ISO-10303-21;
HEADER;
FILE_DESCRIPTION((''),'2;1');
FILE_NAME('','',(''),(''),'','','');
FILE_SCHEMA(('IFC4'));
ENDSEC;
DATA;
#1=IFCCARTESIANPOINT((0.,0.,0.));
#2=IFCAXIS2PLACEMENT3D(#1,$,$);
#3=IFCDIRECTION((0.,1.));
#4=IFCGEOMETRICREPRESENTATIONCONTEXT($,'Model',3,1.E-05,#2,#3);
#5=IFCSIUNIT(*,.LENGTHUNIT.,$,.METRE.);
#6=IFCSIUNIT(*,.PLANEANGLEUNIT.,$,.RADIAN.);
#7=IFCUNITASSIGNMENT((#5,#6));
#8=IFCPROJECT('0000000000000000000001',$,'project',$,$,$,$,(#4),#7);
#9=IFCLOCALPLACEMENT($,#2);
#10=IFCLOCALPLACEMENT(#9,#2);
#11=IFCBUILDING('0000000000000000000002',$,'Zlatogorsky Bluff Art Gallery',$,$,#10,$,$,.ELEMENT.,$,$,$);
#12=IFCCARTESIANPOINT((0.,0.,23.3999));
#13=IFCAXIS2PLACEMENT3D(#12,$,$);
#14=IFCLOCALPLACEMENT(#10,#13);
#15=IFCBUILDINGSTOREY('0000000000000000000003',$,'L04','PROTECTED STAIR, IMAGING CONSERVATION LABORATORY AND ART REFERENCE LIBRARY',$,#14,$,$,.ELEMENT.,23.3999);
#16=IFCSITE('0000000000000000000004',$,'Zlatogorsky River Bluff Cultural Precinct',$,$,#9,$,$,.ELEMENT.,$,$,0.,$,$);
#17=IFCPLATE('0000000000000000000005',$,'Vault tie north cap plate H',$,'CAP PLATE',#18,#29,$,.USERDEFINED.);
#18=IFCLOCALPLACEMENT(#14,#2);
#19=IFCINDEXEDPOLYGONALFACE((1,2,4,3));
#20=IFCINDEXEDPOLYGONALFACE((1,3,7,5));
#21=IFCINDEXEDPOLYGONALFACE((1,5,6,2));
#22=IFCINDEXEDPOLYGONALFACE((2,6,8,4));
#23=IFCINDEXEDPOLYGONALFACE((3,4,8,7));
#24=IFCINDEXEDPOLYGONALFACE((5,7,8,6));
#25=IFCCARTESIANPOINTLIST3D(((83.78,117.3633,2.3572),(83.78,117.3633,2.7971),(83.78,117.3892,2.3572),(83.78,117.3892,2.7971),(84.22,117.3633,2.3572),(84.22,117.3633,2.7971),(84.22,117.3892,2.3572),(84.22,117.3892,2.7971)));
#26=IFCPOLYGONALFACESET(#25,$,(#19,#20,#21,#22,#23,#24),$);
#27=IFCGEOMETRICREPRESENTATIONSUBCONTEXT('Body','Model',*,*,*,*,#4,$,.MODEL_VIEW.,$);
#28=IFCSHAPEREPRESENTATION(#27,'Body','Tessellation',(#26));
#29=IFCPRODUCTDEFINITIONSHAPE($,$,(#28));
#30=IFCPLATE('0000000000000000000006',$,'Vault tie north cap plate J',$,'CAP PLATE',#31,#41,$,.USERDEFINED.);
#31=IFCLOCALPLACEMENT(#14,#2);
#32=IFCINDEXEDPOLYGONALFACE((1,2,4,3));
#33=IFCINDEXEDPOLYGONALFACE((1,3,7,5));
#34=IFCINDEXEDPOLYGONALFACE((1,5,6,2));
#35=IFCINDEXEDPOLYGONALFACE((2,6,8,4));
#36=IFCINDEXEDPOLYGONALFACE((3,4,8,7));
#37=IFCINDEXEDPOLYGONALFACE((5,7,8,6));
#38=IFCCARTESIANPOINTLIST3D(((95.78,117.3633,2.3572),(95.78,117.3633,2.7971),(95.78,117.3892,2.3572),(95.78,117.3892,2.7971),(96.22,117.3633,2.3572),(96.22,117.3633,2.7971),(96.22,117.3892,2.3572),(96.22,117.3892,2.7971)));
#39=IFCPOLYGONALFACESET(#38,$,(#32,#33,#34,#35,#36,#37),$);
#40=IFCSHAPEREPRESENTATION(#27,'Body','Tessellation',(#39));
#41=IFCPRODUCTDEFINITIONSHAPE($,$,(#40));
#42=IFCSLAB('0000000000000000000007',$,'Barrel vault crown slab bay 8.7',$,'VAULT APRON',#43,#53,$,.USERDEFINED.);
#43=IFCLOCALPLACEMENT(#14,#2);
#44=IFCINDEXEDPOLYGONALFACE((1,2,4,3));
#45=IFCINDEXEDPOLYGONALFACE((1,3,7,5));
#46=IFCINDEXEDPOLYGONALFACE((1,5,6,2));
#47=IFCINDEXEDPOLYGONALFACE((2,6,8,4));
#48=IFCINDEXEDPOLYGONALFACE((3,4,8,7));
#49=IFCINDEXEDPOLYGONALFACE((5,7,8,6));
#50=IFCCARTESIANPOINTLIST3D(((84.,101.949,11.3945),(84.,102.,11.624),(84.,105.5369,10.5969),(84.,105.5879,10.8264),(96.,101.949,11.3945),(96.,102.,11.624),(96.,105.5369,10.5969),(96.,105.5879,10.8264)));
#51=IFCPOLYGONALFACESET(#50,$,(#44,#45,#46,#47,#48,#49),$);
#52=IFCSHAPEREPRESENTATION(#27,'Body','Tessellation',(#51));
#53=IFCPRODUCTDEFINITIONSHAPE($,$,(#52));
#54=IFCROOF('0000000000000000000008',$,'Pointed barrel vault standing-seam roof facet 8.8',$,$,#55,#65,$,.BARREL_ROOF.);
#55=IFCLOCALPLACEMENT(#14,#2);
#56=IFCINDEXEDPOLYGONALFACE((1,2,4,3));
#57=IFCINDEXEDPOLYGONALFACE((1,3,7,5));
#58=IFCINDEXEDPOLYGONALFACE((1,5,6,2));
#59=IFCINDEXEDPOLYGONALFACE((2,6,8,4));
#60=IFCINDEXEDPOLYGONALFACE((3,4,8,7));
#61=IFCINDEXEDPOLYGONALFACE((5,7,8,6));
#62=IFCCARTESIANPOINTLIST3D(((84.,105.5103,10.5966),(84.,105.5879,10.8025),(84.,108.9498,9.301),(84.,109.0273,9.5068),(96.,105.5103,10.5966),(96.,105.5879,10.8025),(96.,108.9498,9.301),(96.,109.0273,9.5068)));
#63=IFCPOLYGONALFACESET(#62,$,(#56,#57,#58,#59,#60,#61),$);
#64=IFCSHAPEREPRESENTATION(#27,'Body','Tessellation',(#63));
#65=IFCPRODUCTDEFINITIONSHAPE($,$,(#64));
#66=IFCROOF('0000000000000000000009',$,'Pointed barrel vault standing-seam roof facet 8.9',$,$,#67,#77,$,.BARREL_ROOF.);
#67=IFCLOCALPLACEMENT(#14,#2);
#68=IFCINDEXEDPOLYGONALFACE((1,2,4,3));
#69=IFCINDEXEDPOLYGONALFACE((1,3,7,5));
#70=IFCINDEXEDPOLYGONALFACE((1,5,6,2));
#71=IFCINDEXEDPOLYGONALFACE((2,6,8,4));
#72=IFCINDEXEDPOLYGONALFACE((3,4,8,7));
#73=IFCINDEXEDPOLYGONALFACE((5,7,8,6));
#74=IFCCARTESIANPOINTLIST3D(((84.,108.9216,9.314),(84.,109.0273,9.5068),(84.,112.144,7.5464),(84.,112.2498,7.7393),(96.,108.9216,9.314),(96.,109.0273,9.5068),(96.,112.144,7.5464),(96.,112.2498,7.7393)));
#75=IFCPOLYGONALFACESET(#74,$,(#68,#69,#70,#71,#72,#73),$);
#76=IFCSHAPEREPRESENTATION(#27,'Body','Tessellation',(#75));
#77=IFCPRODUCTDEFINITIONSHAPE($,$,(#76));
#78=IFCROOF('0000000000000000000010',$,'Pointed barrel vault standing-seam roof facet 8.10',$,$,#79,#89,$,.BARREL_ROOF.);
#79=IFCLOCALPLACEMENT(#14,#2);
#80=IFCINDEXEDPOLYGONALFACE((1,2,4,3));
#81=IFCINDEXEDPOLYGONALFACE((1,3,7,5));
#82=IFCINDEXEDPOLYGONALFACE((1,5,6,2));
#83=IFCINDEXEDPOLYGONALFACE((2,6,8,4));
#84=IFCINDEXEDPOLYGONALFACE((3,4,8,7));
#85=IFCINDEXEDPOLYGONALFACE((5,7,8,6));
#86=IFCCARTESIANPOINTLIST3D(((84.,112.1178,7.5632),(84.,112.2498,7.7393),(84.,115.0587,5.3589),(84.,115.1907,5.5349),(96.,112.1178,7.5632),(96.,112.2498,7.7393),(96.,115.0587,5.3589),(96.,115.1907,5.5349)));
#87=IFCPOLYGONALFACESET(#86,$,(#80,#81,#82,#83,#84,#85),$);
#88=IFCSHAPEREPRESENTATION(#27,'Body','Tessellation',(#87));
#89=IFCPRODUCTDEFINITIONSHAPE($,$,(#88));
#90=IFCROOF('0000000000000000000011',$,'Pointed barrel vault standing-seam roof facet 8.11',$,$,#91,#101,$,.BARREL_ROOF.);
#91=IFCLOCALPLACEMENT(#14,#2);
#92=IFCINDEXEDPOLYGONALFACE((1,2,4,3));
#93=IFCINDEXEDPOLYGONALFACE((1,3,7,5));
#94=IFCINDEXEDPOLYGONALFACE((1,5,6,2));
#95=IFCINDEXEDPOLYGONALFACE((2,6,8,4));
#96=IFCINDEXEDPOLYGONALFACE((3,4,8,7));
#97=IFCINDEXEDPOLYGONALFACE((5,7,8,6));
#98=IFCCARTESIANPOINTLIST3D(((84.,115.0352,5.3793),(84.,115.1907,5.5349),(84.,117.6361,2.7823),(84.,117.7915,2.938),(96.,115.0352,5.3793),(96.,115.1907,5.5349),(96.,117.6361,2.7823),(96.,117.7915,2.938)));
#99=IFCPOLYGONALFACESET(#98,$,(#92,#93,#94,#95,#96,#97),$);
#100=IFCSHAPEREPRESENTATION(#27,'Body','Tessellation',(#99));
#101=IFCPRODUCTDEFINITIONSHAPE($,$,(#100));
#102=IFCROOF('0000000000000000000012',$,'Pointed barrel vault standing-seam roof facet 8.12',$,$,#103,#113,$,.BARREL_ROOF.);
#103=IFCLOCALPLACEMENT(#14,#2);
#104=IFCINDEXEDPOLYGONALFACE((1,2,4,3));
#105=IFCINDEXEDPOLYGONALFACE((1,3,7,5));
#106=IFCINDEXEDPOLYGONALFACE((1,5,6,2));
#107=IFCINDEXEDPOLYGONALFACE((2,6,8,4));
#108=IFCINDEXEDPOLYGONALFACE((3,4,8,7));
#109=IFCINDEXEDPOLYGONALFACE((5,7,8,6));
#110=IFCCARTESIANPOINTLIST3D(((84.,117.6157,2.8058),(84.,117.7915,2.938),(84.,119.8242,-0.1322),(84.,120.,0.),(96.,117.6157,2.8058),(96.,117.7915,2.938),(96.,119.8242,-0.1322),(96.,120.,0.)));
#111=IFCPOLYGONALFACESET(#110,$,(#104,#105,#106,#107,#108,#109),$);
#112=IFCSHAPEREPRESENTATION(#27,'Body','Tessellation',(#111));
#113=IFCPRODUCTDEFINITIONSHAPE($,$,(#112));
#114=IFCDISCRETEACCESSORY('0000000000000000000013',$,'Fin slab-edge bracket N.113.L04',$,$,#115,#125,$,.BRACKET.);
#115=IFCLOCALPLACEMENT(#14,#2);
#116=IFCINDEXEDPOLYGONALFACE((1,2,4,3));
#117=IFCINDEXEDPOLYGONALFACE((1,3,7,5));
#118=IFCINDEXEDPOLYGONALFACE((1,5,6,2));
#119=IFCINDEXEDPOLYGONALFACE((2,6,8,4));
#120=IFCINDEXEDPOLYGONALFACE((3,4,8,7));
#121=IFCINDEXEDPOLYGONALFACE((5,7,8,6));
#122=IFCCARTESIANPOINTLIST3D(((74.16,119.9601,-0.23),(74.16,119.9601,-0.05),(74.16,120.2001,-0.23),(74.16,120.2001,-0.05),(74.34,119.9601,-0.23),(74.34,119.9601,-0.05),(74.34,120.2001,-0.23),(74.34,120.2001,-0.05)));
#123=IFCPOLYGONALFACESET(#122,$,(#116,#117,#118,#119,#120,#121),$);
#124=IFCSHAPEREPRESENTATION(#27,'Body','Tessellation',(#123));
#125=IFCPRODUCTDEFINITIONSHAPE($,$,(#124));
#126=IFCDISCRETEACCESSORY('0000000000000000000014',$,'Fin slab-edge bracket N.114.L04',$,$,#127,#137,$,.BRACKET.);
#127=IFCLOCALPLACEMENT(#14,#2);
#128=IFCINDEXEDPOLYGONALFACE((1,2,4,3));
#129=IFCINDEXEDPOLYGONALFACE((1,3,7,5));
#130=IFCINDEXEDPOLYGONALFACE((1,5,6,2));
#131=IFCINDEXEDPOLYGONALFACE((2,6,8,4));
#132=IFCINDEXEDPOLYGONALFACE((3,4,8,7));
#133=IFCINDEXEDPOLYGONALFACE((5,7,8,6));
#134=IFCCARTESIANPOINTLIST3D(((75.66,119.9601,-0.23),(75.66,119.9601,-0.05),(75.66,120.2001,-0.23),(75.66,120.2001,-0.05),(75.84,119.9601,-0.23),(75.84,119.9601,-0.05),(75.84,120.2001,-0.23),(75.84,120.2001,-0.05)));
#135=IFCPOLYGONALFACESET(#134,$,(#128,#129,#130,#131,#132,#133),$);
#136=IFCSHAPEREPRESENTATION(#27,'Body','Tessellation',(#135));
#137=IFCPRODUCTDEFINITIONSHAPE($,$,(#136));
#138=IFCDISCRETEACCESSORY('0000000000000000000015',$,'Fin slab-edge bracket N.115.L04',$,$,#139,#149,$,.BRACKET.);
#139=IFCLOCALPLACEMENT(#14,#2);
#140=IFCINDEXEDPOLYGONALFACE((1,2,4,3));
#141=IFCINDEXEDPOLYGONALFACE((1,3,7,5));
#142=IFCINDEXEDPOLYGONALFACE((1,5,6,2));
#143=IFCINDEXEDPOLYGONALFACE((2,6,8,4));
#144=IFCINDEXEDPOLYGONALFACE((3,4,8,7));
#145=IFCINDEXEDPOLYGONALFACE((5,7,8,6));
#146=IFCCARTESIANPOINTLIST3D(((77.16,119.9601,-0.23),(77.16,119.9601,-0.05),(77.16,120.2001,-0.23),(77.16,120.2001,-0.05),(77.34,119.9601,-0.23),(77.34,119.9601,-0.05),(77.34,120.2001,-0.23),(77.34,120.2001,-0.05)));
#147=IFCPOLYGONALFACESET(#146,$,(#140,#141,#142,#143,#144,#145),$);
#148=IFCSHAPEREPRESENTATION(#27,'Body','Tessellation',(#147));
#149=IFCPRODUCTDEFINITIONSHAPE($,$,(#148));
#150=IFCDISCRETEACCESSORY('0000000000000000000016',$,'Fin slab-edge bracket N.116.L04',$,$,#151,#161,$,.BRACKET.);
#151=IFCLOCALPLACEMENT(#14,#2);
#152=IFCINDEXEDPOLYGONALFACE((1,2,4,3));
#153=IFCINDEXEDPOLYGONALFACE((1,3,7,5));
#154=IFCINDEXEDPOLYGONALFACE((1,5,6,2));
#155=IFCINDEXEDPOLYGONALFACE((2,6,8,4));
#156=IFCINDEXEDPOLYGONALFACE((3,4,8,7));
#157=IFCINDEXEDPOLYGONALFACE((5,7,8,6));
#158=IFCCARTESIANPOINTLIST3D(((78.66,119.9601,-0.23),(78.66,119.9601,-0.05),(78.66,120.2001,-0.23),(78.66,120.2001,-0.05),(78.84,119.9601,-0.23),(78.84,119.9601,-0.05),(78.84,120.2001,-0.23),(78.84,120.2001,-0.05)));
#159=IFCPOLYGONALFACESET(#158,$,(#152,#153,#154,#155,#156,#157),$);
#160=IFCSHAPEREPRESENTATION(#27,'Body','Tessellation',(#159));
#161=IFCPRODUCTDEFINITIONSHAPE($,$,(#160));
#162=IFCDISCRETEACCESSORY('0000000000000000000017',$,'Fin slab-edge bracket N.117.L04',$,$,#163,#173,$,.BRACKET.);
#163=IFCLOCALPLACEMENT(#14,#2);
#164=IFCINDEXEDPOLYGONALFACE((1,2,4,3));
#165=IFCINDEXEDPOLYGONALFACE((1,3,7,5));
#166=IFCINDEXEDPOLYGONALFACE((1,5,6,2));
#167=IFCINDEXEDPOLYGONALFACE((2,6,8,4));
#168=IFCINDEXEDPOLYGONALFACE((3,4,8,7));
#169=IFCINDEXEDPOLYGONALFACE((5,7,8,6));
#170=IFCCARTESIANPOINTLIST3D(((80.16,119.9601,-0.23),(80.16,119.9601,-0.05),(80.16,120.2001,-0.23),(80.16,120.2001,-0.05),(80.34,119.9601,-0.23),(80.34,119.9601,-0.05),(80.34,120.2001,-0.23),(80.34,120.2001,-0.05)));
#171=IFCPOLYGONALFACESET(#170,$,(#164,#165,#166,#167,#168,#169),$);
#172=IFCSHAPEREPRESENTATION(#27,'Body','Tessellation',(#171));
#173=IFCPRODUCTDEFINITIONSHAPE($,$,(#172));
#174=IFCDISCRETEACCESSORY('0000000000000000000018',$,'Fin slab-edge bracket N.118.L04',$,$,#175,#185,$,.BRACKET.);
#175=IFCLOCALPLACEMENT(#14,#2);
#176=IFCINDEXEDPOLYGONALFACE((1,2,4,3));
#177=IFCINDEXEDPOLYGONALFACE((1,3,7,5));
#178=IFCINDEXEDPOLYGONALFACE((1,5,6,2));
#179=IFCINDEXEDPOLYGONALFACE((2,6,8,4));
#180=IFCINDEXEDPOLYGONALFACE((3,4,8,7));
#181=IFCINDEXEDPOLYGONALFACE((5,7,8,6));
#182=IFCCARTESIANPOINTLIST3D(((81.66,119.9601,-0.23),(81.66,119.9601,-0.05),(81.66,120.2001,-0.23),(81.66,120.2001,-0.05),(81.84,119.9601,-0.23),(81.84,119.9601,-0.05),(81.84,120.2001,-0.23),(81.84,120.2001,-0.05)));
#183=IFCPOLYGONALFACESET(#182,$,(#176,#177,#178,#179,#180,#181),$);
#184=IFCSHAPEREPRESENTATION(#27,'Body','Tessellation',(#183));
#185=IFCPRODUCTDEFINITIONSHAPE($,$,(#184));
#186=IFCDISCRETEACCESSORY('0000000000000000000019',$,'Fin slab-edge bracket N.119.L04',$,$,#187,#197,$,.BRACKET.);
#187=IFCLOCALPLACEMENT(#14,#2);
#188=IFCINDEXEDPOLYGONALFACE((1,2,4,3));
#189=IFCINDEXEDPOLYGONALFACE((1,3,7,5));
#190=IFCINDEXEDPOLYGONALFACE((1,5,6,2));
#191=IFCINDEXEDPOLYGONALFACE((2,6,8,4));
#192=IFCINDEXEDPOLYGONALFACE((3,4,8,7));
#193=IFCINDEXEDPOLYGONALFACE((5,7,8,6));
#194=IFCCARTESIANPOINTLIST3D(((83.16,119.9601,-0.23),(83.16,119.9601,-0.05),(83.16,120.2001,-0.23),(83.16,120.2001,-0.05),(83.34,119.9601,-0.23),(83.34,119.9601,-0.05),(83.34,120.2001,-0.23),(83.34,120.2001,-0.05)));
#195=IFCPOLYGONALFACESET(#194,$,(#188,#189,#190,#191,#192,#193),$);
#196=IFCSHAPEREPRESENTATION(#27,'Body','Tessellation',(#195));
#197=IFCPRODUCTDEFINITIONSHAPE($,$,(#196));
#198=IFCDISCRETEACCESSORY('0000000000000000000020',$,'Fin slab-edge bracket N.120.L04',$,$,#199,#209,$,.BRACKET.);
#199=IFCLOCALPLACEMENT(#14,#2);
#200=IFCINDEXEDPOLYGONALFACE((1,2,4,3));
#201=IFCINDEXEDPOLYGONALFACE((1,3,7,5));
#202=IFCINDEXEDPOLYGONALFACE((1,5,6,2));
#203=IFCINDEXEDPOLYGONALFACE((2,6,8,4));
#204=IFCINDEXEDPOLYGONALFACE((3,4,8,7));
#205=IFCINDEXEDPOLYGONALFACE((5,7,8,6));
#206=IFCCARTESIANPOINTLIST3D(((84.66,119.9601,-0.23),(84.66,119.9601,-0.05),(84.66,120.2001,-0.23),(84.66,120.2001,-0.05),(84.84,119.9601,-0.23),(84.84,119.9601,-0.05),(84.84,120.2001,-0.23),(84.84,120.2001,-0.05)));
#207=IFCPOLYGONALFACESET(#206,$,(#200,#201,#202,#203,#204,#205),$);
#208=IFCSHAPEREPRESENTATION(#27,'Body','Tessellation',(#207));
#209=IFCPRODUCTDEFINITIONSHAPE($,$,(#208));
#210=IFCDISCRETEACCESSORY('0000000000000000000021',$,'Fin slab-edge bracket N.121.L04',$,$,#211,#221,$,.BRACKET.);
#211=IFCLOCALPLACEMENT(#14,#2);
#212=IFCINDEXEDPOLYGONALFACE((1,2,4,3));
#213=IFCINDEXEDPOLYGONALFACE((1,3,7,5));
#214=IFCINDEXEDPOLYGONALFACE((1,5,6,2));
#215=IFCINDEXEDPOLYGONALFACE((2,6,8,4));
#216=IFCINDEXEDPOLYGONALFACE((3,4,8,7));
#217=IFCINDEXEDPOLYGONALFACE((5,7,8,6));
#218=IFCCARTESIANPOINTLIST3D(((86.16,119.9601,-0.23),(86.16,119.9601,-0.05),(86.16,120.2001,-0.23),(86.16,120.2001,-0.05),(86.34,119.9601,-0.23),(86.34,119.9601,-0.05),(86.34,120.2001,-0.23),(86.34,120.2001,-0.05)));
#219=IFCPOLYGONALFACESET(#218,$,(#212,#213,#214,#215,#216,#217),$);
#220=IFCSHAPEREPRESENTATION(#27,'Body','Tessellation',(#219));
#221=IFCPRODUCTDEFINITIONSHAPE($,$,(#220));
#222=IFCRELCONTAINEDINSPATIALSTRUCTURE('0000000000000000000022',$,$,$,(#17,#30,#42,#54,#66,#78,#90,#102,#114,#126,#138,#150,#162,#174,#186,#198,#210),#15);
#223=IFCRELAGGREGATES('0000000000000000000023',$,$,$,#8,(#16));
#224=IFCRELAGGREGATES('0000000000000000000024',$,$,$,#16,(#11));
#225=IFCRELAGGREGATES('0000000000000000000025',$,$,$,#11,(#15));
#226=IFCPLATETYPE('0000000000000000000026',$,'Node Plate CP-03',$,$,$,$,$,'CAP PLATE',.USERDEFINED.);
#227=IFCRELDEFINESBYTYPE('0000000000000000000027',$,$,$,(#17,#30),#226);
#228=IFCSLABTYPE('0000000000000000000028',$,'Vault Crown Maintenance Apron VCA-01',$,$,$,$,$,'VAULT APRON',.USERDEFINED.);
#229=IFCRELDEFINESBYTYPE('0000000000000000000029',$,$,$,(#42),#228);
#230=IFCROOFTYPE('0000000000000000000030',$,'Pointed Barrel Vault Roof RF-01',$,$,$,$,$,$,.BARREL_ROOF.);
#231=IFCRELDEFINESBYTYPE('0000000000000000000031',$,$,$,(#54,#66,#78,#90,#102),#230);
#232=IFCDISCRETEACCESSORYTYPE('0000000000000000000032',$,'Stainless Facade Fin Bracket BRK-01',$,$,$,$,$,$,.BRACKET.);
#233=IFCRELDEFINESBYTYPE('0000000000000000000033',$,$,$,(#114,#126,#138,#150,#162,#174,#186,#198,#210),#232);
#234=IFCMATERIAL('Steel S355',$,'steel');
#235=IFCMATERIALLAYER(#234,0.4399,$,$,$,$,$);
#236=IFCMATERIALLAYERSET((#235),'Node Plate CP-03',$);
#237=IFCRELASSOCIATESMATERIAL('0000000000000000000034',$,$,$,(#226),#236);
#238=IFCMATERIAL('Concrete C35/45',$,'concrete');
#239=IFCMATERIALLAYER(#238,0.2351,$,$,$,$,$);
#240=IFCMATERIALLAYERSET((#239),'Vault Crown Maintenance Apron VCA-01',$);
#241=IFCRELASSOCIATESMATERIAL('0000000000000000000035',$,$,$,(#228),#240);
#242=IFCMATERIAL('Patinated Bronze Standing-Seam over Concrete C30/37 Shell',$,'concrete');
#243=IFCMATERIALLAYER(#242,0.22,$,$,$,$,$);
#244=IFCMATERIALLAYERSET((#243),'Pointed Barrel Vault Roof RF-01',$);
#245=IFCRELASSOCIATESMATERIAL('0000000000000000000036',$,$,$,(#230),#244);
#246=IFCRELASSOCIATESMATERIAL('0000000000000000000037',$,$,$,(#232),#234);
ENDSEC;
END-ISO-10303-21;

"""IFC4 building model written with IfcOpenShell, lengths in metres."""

from ifc_helpers import new_model, si_unit, direction, frame, origin, origin_2d, place, context, subcontext, project, spatial, polyline, rectangle, outline, extrude, material, layer, layer_set, type_object, element, save


model = new_model("IFC4")

# Units and contexts
model_context = context("Model", 3, precision=1e-05, world=origin(), true_north=direction((0.0, 1.0)))
body_context = subcontext(model_context, "Body", "Model", "MODEL_VIEW")
ifc_project = project(units=[si_unit("LENGTHUNIT", "METRE"), si_unit("PLANEANGLEUNIT", "RADIAN")], contexts=[model_context])

# Site, building, storey
site_placement = place(None, origin())
site = spatial("IfcSite", under=ifc_project, at=site_placement, Name="Zlatogorsky River Bluff Cultural Precinct", CompositionType="ELEMENT", RefElevation=0.0)
building_placement = place(site_placement, origin())
building = spatial("IfcBuilding", under=site, at=building_placement, Name="Zlatogorsky Bluff Art Gallery", CompositionType="ELEMENT")
storey_placement = place(building_placement, frame((0.0, 0.0, 23.3999)))
storey = spatial("IfcBuildingStorey", under=building, at=storey_placement, Name="L04", Description="PROTECTED STAIR, IMAGING CONSERVATION LABORATORY AND ART REFERENCE LIBRARY", CompositionType="ELEMENT", Elevation=23.3999)

# Shared definitions
ifc_material_1 = material(Name="Steel S355", Category="steel")

# Plates
ifc_layer_1 = layer(ifc_material_1, 0.4399)
ifc_layer_set_1 = layer_set([ifc_layer_1], Name="Node Plate CP-03")
plate_type = type_object("IfcPlateType", Name="Node Plate CP-03", ElementType="CAP PLATE", PredefinedType="USERDEFINED", material=ifc_layer_set_1)
for number, where, z_axis, x_axis, name in (
    (1, (84.0, 117.3762, 2.3572), (0.0, 0.0, 1.0), (1.0, 0.0, 0.0), "Vault tie north cap plate H"),
    (2, (96.0, 117.3762, 2.3572), (0.0, 0.0, 1.0), (1.0, 0.0, 0.0), "Vault tie north cap plate J"),
):
    element("IfcPlate", number, at=place(storey_placement, frame(where, z_axis=z_axis, x_axis=x_axis)), inside=storey, type_object=plate_type, Name=name, ObjectType="CAP PLATE", PredefinedType="USERDEFINED", context=body_context, shape_type="SweptSolid", body=[
        extrude(rectangle(XDim=0.4399, YDim=0.0259, at=origin_2d()), origin(), (0.0, 0.0, 1.0), 0.4399),
    ])

# Slab
ifc_material_2 = material(Name="Concrete C35/45", Category="concrete")
ifc_layer_2 = layer(ifc_material_2, 0.2351)
ifc_layer_set_2 = layer_set([ifc_layer_2], Name="Vault Crown Maintenance Apron VCA-01")
slab_type = type_object("IfcSlabType", Name="Vault Crown Maintenance Apron VCA-01", ElementType="VAULT APRON", PredefinedType="USERDEFINED", material=ifc_layer_set_2)
slab_placement = place(storey_placement, frame((84.0, 102.0, 11.624), z_axis=(0.0, 0.217008, 0.97617), x_axis=(1.0, 0.0, 0.0)))
element("IfcSlab", 3, at=slab_placement, inside=storey, type_object=slab_type, Name="Barrel vault crown slab bay 8.7", ObjectType="VAULT APRON", PredefinedType="USERDEFINED", context=body_context, shape_type="SweptSolid", body=[
    extrude(outline(polyline([(0.0, 0.0), (12.0, 0.0), (12.0, 3.6755), (0.0, 3.6755), (0.0, 0.0)])), origin(), (0.0, 0.0, -1.0), 0.2351),
])

# Roofs
ifc_material_3 = material(Name="Patinated Bronze Standing-Seam over Concrete C30/37 Shell", Category="concrete")
ifc_layer_3 = layer(ifc_material_3, 0.22)
ifc_layer_set_3 = layer_set([ifc_layer_3], Name="Pointed Barrel Vault Roof RF-01")
roof_type = type_object("IfcRoofType", Name="Pointed Barrel Vault Roof RF-01", PredefinedType="BARREL_ROOF", material=ifc_layer_set_3)
roof_1_placement = place(storey_placement, frame((84.0, 105.5879, 10.8025), z_axis=(0.0, 0.352521, 0.935804), x_axis=(1.0, 0.0, 0.0)))
element("IfcRoof", 4, at=roof_1_placement, inside=storey, type_object=roof_type, Name="Pointed barrel vault standing-seam roof facet 8.8", PredefinedType="BARREL_ROOF", context=body_context, shape_type="SweptSolid", body=[
    extrude(outline(polyline([(0.0, 0.0), (12.0, 0.0), (12.0, 3.6754), (0.0, 3.6754), (0.0, 0.0)])), origin(), (0.0, 0.0, -1.0), 0.22),
])
roof_2_placement = place(storey_placement, frame((84.0, 109.0273, 9.5068), z_axis=(0.0, 0.480927, 0.876761), x_axis=(1.0, 0.0, 0.0)))
element("IfcRoof", 5, at=roof_2_placement, inside=storey, type_object=roof_type, Name="Pointed barrel vault standing-seam roof facet 8.9", PredefinedType="BARREL_ROOF", context=body_context, shape_type="SweptSolid", body=[
    extrude(outline(polyline([(0.0, 0.0), (12.0, 0.0), (12.0, 3.6754), (0.0, 3.6754), (0.0, 0.0)])), origin(), (0.0, 0.0, -1.0), 0.22),
])
roof_3_placement = place(storey_placement, frame((84.0, 112.2498, 7.7393), z_axis=(0.0, 0.599766, 0.800175), x_axis=(1.0, 0.0, 0.0)))
element("IfcRoof", 6, at=roof_3_placement, inside=storey, type_object=roof_type, Name="Pointed barrel vault standing-seam roof facet 8.10", PredefinedType="BARREL_ROOF", context=body_context, shape_type="SweptSolid", body=[
    extrude(outline(polyline([(0.0, 0.0), (12.0, 0.0), (12.0, 3.6753), (0.0, 3.6753), (0.0, 0.0)])), origin(), (0.0, 0.0, -1.0), 0.22),
])
roof_4_placement = place(storey_placement, frame((84.0, 115.1907, 5.5349), z_axis=(0.0, 0.706575, 0.707638), x_axis=(1.0, 0.0, 0.0)))
element("IfcRoof", 7, at=roof_4_placement, inside=storey, type_object=roof_type, Name="Pointed barrel vault standing-seam roof facet 8.11", PredefinedType="BARREL_ROOF", context=body_context, shape_type="SweptSolid", body=[
    extrude(outline(polyline([(0.0, 0.0), (12.0, 0.0), (12.0, 3.6754), (0.0, 3.6754), (0.0, 0.0)])), origin(), (0.0, 0.0, -1.0), 0.22),
])
roof_5_placement = place(storey_placement, frame((84.0, 117.7915, 2.938), z_axis=(0.0, 0.799346, 0.600871), x_axis=(1.0, 0.0, 0.0)))
element("IfcRoof", 8, at=roof_5_placement, inside=storey, type_object=roof_type, Name="Pointed barrel vault standing-seam roof facet 8.12", PredefinedType="BARREL_ROOF", context=body_context, shape_type="SweptSolid", body=[
    extrude(outline(polyline([(0.0, 0.0), (12.0, 0.0), (12.0, 3.6755), (0.0, 3.6755), (0.0, 0.0)])), origin(), (0.0, 0.0, -1.0), 0.22),
])

# Discrete accessories
discrete_accessory_type = type_object("IfcDiscreteAccessoryType", Name="Stainless Facade Fin Bracket BRK-01", PredefinedType="BRACKET", material=ifc_material_1)
for number, where, z_axis, x_axis, name in (
    (9, (74.25, 120.0801, -0.23), (0.0, 0.0, 1.0), (1.0, 0.0, 0.0), "Fin slab-edge bracket N.113.L04"),
    (10, (75.75, 120.0801, -0.23), (0.0, 0.0, 1.0), (1.0, 0.0, 0.0), "Fin slab-edge bracket N.114.L04"),
    (11, (77.25, 120.0801, -0.23), (0.0, 0.0, 1.0), (1.0, 0.0, 0.0), "Fin slab-edge bracket N.115.L04"),
    (12, (78.75, 120.0801, -0.23), (0.0, 0.0, 1.0), (1.0, 0.0, 0.0), "Fin slab-edge bracket N.116.L04"),
    (13, (80.25, 120.0801, -0.23), (0.0, 0.0, 1.0), (1.0, 0.0, 0.0), "Fin slab-edge bracket N.117.L04"),
    (14, (81.75, 120.0801, -0.23), (0.0, 0.0, 1.0), (1.0, 0.0, 0.0), "Fin slab-edge bracket N.118.L04"),
    (15, (83.25, 120.0801, -0.23), (0.0, 0.0, 1.0), (1.0, 0.0, 0.0), "Fin slab-edge bracket N.119.L04"),
    (16, (84.75, 120.0801, -0.23), (0.0, 0.0, 1.0), (1.0, 0.0, 0.0), "Fin slab-edge bracket N.120.L04"),
    (17, (86.25, 120.0801, -0.23), (0.0, 0.0, 1.0), (1.0, 0.0, 0.0), "Fin slab-edge bracket N.121.L04"),
):
    element("IfcDiscreteAccessory", number, at=place(storey_placement, frame(where, z_axis=z_axis, x_axis=x_axis)), inside=storey, type_object=discrete_accessory_type, Name=name, PredefinedType="BRACKET", context=body_context, shape_type="SweptSolid", body=[
        extrude(rectangle(XDim=0.1799, YDim=0.24, at=origin_2d()), origin(), (0.0, 0.0, 1.0), 0.1799),
    ])

save(model, "model.ifc")
